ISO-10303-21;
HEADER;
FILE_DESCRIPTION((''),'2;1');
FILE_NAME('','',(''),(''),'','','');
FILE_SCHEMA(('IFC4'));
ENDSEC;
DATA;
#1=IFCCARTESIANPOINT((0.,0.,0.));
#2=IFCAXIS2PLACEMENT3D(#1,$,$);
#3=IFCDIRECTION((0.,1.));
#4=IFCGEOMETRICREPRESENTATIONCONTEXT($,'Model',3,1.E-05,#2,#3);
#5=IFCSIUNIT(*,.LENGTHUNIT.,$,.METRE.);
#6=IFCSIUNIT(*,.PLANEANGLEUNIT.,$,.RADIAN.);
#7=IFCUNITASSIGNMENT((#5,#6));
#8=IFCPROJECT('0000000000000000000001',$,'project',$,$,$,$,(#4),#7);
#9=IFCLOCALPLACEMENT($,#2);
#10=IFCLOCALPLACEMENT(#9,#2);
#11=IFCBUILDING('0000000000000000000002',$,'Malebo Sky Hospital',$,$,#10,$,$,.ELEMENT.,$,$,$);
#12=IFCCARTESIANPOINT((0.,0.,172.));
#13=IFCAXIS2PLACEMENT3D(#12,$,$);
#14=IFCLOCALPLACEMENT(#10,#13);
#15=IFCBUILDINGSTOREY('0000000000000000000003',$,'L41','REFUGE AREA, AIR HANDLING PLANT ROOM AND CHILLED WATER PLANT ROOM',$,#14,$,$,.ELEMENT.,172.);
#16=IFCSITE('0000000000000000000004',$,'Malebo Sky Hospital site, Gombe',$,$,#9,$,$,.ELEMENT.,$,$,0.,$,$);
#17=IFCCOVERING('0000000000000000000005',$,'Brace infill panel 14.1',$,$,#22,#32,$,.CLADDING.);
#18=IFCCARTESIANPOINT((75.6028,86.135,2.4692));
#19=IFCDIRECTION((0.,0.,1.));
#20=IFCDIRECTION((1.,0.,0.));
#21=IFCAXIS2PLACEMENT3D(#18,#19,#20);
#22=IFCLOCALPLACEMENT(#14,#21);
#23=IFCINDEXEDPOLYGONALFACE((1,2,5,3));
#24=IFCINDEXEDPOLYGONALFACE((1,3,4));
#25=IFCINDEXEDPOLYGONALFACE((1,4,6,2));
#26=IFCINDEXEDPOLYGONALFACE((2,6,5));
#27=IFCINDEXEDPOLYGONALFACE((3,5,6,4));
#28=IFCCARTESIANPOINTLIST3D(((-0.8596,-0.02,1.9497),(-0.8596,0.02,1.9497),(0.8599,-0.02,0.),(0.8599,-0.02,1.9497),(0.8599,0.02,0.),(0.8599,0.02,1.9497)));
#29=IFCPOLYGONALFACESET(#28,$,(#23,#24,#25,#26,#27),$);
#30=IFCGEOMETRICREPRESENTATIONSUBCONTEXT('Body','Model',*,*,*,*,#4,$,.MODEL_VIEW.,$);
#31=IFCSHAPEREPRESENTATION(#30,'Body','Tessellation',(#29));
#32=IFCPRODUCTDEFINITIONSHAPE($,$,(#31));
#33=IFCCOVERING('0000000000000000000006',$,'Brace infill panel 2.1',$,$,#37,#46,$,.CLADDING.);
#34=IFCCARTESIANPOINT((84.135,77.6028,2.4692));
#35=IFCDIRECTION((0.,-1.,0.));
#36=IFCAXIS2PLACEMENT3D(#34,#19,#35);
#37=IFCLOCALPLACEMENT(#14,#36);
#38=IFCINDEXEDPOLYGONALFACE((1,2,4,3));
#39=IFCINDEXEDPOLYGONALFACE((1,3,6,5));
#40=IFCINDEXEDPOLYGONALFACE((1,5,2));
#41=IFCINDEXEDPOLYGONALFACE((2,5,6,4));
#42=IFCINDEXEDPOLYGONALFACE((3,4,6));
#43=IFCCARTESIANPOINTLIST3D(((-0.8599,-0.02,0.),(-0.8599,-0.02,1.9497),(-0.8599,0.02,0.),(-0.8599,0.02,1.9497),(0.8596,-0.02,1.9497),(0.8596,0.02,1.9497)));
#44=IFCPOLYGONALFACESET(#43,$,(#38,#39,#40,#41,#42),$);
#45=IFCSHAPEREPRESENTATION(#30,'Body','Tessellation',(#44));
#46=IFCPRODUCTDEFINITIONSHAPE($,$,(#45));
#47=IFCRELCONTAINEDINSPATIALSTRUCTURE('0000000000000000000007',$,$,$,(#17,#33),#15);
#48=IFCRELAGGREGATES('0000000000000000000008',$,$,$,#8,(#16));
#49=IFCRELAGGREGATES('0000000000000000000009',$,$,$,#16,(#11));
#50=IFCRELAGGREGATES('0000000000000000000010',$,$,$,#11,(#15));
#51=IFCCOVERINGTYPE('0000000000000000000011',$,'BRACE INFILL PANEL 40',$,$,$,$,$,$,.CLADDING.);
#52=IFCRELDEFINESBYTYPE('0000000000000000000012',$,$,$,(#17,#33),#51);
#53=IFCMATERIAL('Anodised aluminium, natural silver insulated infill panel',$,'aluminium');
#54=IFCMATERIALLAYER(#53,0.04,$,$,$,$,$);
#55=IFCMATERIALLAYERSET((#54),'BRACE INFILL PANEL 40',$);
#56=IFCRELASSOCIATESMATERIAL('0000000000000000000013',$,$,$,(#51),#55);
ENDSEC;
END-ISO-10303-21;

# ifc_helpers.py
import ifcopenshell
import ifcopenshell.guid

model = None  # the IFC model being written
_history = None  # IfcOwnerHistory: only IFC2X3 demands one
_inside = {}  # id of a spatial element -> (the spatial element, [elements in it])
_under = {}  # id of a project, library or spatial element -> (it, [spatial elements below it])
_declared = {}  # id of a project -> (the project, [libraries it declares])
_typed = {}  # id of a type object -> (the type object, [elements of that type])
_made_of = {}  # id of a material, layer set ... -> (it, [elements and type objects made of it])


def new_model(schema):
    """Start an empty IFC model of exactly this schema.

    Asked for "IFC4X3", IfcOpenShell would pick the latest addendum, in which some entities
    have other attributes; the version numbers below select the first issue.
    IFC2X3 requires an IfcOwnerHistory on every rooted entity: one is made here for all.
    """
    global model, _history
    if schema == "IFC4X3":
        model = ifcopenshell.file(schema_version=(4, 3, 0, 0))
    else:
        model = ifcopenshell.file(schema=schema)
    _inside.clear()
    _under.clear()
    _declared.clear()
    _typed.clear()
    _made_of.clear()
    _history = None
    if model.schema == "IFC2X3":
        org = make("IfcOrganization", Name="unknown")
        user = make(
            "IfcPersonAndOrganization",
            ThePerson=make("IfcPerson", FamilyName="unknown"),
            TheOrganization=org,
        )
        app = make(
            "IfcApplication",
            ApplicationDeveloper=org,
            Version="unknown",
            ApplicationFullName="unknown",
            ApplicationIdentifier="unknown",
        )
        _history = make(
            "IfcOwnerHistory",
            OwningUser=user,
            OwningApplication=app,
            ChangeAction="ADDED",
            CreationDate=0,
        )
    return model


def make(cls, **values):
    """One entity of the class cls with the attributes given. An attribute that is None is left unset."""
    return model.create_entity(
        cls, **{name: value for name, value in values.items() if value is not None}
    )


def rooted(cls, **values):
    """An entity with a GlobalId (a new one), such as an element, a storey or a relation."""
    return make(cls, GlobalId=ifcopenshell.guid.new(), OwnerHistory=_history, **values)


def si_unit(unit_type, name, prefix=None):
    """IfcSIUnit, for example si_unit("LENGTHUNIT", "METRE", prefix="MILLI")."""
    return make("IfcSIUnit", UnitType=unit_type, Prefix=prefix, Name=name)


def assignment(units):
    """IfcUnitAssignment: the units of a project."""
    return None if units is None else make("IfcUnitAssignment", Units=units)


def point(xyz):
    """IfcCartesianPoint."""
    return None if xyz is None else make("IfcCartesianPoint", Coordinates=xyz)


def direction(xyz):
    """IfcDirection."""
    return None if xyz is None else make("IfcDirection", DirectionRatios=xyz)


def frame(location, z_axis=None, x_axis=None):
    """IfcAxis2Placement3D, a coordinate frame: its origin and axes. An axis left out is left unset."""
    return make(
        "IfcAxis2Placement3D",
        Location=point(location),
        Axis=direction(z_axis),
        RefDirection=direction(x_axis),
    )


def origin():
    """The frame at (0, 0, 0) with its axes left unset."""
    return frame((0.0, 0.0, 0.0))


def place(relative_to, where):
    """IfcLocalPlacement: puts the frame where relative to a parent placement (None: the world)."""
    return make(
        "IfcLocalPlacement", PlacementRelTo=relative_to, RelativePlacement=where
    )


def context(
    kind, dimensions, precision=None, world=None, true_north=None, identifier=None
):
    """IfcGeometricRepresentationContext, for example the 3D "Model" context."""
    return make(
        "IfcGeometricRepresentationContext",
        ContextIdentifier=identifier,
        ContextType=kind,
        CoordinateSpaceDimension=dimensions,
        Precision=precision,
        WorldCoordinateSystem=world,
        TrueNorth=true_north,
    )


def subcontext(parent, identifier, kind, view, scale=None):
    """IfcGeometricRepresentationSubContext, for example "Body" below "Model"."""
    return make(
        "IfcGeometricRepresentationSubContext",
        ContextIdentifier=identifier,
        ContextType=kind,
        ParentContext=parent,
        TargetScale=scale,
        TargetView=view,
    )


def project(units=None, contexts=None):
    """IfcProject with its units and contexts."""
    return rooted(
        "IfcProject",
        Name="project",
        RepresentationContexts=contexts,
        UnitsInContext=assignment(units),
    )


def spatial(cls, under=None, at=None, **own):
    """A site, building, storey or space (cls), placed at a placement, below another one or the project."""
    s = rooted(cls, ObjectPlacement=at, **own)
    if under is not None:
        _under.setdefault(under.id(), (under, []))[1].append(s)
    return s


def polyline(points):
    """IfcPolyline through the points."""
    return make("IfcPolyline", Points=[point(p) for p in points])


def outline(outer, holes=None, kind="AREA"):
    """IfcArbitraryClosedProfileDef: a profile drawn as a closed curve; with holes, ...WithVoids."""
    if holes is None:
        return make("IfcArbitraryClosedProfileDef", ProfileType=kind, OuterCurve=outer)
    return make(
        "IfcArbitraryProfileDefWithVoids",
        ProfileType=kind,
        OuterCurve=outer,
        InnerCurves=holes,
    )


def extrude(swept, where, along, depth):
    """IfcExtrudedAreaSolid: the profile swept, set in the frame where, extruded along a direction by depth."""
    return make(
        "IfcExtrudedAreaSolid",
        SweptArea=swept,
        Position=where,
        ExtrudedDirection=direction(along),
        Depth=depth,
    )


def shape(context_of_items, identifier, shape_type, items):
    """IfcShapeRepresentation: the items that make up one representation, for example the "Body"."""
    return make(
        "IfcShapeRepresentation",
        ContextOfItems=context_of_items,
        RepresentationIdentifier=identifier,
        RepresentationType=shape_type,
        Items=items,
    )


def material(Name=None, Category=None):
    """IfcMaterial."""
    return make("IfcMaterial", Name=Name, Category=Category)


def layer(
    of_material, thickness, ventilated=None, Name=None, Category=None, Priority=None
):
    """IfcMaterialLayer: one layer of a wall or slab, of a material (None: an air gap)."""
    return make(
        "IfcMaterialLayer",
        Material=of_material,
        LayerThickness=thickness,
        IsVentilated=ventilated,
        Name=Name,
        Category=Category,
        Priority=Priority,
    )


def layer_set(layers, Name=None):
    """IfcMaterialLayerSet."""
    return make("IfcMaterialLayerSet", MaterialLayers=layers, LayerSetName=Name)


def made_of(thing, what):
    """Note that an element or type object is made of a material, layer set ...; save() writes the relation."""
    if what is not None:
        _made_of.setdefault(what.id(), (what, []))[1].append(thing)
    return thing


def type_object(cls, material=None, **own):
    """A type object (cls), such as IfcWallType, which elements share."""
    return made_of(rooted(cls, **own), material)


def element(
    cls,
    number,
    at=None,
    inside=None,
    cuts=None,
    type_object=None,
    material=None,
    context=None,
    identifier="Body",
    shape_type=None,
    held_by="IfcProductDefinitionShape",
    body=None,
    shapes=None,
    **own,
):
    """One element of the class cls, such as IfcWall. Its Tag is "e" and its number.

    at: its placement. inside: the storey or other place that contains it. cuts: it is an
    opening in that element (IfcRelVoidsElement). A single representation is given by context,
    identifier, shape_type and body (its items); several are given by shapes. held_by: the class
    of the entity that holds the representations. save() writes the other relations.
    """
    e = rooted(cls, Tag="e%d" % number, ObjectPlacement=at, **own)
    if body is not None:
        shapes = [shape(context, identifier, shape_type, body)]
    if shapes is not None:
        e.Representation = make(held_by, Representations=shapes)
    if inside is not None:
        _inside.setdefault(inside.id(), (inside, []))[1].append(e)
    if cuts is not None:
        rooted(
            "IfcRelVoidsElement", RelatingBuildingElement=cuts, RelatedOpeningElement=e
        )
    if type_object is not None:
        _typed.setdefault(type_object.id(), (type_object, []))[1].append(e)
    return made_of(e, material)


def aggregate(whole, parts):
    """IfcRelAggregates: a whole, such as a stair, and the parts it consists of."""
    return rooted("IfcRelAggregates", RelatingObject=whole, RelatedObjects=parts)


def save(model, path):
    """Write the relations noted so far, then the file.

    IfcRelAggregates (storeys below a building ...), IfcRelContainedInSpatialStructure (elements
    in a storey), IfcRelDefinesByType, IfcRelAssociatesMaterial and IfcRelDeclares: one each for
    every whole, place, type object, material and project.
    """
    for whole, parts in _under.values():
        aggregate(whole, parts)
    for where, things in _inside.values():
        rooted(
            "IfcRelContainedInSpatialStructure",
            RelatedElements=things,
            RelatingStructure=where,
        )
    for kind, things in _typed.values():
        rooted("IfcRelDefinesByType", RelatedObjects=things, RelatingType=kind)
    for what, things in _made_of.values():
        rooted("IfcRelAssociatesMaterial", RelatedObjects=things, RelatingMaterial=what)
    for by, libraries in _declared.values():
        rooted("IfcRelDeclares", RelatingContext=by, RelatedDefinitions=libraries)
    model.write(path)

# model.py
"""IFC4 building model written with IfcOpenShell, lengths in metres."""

from ifc_helpers import new_model, si_unit, direction, frame, origin, place, context, subcontext, project, spatial, polyline, outline, extrude, material, layer, layer_set, type_object, element, save


model = new_model("IFC4")

# Units and contexts
model_context = context("Model", 3, precision=1e-05, world=origin(), true_north=direction((0.0, 1.0)))
body_context = subcontext(model_context, "Body", "Model", "MODEL_VIEW")
ifc_project = project(units=[si_unit("LENGTHUNIT", "METRE"), si_unit("PLANEANGLEUNIT", "RADIAN")], contexts=[model_context])

# Site, building, storey
site_placement = place(None, origin())
site = spatial("IfcSite", under=ifc_project, at=site_placement, Name="Malebo Sky Hospital site, Gombe", CompositionType="ELEMENT", RefElevation=0.0)
building_placement = place(site_placement, origin())
building = spatial("IfcBuilding", under=site, at=building_placement, Name="Malebo Sky Hospital", CompositionType="ELEMENT")
storey_placement = place(building_placement, frame((0.0, 0.0, 172.0)))
storey = spatial("IfcBuildingStorey", under=building, at=storey_placement, Name="L41", Description="REFUGE AREA, AIR HANDLING PLANT ROOM AND CHILLED WATER PLANT ROOM", CompositionType="ELEMENT", Elevation=172.0)

# Coverings
ifc_material_1 = material(Name="Anodised aluminium, natural silver insulated infill panel", Category="aluminium")
ifc_layer_1 = layer(ifc_material_1, 0.04)
ifc_layer_set_1 = layer_set([ifc_layer_1], Name="BRACE INFILL PANEL 40")
covering_type = type_object("IfcCoveringType", Name="BRACE INFILL PANEL 40", PredefinedType="CLADDING", material=ifc_layer_set_1)
covering_1_placement = place(storey_placement, frame((75.6028, 86.135, 2.4692), z_axis=(0.0, 0.0, 1.0), x_axis=(1.0, 0.0, 0.0)))
element("IfcCovering", 1, at=covering_1_placement, inside=storey, type_object=covering_type, Name="Brace infill panel 14.1", PredefinedType="CLADDING", context=body_context, shape_type="SweptSolid", body=[
    extrude(outline(polyline([(0.8599, 0.0), (0.8599, 1.9497), (-0.8596, 1.9497), (0.8599, 0.0)])), frame((0.0, 0.02, 0.0), z_axis=(0.0, -1.0, 0.0), x_axis=(1.0, 0.0, 0.0)), (0.0, 0.0, 1.0), 0.04),
])
covering_2_placement = place(storey_placement, frame((84.135, 77.6028, 2.4692), z_axis=(0.0, 0.0, 1.0), x_axis=(0.0, -1.0, 0.0)))
element("IfcCovering", 2, at=covering_2_placement, inside=storey, type_object=covering_type, Name="Brace infill panel 2.1", PredefinedType="CLADDING", context=body_context, shape_type="SweptSolid", body=[
    extrude(outline(polyline([(-0.8599, 0.0), (0.8596, 1.9497), (-0.8599, 1.9497), (-0.8599, 0.0)])), frame((0.0, 0.02, 0.0), z_axis=(0.0, -1.0, 0.0), x_axis=(1.0, 0.0, 0.0)), (0.0, 0.0, 1.0), 0.04),
])

save(model, "model.ifc")
